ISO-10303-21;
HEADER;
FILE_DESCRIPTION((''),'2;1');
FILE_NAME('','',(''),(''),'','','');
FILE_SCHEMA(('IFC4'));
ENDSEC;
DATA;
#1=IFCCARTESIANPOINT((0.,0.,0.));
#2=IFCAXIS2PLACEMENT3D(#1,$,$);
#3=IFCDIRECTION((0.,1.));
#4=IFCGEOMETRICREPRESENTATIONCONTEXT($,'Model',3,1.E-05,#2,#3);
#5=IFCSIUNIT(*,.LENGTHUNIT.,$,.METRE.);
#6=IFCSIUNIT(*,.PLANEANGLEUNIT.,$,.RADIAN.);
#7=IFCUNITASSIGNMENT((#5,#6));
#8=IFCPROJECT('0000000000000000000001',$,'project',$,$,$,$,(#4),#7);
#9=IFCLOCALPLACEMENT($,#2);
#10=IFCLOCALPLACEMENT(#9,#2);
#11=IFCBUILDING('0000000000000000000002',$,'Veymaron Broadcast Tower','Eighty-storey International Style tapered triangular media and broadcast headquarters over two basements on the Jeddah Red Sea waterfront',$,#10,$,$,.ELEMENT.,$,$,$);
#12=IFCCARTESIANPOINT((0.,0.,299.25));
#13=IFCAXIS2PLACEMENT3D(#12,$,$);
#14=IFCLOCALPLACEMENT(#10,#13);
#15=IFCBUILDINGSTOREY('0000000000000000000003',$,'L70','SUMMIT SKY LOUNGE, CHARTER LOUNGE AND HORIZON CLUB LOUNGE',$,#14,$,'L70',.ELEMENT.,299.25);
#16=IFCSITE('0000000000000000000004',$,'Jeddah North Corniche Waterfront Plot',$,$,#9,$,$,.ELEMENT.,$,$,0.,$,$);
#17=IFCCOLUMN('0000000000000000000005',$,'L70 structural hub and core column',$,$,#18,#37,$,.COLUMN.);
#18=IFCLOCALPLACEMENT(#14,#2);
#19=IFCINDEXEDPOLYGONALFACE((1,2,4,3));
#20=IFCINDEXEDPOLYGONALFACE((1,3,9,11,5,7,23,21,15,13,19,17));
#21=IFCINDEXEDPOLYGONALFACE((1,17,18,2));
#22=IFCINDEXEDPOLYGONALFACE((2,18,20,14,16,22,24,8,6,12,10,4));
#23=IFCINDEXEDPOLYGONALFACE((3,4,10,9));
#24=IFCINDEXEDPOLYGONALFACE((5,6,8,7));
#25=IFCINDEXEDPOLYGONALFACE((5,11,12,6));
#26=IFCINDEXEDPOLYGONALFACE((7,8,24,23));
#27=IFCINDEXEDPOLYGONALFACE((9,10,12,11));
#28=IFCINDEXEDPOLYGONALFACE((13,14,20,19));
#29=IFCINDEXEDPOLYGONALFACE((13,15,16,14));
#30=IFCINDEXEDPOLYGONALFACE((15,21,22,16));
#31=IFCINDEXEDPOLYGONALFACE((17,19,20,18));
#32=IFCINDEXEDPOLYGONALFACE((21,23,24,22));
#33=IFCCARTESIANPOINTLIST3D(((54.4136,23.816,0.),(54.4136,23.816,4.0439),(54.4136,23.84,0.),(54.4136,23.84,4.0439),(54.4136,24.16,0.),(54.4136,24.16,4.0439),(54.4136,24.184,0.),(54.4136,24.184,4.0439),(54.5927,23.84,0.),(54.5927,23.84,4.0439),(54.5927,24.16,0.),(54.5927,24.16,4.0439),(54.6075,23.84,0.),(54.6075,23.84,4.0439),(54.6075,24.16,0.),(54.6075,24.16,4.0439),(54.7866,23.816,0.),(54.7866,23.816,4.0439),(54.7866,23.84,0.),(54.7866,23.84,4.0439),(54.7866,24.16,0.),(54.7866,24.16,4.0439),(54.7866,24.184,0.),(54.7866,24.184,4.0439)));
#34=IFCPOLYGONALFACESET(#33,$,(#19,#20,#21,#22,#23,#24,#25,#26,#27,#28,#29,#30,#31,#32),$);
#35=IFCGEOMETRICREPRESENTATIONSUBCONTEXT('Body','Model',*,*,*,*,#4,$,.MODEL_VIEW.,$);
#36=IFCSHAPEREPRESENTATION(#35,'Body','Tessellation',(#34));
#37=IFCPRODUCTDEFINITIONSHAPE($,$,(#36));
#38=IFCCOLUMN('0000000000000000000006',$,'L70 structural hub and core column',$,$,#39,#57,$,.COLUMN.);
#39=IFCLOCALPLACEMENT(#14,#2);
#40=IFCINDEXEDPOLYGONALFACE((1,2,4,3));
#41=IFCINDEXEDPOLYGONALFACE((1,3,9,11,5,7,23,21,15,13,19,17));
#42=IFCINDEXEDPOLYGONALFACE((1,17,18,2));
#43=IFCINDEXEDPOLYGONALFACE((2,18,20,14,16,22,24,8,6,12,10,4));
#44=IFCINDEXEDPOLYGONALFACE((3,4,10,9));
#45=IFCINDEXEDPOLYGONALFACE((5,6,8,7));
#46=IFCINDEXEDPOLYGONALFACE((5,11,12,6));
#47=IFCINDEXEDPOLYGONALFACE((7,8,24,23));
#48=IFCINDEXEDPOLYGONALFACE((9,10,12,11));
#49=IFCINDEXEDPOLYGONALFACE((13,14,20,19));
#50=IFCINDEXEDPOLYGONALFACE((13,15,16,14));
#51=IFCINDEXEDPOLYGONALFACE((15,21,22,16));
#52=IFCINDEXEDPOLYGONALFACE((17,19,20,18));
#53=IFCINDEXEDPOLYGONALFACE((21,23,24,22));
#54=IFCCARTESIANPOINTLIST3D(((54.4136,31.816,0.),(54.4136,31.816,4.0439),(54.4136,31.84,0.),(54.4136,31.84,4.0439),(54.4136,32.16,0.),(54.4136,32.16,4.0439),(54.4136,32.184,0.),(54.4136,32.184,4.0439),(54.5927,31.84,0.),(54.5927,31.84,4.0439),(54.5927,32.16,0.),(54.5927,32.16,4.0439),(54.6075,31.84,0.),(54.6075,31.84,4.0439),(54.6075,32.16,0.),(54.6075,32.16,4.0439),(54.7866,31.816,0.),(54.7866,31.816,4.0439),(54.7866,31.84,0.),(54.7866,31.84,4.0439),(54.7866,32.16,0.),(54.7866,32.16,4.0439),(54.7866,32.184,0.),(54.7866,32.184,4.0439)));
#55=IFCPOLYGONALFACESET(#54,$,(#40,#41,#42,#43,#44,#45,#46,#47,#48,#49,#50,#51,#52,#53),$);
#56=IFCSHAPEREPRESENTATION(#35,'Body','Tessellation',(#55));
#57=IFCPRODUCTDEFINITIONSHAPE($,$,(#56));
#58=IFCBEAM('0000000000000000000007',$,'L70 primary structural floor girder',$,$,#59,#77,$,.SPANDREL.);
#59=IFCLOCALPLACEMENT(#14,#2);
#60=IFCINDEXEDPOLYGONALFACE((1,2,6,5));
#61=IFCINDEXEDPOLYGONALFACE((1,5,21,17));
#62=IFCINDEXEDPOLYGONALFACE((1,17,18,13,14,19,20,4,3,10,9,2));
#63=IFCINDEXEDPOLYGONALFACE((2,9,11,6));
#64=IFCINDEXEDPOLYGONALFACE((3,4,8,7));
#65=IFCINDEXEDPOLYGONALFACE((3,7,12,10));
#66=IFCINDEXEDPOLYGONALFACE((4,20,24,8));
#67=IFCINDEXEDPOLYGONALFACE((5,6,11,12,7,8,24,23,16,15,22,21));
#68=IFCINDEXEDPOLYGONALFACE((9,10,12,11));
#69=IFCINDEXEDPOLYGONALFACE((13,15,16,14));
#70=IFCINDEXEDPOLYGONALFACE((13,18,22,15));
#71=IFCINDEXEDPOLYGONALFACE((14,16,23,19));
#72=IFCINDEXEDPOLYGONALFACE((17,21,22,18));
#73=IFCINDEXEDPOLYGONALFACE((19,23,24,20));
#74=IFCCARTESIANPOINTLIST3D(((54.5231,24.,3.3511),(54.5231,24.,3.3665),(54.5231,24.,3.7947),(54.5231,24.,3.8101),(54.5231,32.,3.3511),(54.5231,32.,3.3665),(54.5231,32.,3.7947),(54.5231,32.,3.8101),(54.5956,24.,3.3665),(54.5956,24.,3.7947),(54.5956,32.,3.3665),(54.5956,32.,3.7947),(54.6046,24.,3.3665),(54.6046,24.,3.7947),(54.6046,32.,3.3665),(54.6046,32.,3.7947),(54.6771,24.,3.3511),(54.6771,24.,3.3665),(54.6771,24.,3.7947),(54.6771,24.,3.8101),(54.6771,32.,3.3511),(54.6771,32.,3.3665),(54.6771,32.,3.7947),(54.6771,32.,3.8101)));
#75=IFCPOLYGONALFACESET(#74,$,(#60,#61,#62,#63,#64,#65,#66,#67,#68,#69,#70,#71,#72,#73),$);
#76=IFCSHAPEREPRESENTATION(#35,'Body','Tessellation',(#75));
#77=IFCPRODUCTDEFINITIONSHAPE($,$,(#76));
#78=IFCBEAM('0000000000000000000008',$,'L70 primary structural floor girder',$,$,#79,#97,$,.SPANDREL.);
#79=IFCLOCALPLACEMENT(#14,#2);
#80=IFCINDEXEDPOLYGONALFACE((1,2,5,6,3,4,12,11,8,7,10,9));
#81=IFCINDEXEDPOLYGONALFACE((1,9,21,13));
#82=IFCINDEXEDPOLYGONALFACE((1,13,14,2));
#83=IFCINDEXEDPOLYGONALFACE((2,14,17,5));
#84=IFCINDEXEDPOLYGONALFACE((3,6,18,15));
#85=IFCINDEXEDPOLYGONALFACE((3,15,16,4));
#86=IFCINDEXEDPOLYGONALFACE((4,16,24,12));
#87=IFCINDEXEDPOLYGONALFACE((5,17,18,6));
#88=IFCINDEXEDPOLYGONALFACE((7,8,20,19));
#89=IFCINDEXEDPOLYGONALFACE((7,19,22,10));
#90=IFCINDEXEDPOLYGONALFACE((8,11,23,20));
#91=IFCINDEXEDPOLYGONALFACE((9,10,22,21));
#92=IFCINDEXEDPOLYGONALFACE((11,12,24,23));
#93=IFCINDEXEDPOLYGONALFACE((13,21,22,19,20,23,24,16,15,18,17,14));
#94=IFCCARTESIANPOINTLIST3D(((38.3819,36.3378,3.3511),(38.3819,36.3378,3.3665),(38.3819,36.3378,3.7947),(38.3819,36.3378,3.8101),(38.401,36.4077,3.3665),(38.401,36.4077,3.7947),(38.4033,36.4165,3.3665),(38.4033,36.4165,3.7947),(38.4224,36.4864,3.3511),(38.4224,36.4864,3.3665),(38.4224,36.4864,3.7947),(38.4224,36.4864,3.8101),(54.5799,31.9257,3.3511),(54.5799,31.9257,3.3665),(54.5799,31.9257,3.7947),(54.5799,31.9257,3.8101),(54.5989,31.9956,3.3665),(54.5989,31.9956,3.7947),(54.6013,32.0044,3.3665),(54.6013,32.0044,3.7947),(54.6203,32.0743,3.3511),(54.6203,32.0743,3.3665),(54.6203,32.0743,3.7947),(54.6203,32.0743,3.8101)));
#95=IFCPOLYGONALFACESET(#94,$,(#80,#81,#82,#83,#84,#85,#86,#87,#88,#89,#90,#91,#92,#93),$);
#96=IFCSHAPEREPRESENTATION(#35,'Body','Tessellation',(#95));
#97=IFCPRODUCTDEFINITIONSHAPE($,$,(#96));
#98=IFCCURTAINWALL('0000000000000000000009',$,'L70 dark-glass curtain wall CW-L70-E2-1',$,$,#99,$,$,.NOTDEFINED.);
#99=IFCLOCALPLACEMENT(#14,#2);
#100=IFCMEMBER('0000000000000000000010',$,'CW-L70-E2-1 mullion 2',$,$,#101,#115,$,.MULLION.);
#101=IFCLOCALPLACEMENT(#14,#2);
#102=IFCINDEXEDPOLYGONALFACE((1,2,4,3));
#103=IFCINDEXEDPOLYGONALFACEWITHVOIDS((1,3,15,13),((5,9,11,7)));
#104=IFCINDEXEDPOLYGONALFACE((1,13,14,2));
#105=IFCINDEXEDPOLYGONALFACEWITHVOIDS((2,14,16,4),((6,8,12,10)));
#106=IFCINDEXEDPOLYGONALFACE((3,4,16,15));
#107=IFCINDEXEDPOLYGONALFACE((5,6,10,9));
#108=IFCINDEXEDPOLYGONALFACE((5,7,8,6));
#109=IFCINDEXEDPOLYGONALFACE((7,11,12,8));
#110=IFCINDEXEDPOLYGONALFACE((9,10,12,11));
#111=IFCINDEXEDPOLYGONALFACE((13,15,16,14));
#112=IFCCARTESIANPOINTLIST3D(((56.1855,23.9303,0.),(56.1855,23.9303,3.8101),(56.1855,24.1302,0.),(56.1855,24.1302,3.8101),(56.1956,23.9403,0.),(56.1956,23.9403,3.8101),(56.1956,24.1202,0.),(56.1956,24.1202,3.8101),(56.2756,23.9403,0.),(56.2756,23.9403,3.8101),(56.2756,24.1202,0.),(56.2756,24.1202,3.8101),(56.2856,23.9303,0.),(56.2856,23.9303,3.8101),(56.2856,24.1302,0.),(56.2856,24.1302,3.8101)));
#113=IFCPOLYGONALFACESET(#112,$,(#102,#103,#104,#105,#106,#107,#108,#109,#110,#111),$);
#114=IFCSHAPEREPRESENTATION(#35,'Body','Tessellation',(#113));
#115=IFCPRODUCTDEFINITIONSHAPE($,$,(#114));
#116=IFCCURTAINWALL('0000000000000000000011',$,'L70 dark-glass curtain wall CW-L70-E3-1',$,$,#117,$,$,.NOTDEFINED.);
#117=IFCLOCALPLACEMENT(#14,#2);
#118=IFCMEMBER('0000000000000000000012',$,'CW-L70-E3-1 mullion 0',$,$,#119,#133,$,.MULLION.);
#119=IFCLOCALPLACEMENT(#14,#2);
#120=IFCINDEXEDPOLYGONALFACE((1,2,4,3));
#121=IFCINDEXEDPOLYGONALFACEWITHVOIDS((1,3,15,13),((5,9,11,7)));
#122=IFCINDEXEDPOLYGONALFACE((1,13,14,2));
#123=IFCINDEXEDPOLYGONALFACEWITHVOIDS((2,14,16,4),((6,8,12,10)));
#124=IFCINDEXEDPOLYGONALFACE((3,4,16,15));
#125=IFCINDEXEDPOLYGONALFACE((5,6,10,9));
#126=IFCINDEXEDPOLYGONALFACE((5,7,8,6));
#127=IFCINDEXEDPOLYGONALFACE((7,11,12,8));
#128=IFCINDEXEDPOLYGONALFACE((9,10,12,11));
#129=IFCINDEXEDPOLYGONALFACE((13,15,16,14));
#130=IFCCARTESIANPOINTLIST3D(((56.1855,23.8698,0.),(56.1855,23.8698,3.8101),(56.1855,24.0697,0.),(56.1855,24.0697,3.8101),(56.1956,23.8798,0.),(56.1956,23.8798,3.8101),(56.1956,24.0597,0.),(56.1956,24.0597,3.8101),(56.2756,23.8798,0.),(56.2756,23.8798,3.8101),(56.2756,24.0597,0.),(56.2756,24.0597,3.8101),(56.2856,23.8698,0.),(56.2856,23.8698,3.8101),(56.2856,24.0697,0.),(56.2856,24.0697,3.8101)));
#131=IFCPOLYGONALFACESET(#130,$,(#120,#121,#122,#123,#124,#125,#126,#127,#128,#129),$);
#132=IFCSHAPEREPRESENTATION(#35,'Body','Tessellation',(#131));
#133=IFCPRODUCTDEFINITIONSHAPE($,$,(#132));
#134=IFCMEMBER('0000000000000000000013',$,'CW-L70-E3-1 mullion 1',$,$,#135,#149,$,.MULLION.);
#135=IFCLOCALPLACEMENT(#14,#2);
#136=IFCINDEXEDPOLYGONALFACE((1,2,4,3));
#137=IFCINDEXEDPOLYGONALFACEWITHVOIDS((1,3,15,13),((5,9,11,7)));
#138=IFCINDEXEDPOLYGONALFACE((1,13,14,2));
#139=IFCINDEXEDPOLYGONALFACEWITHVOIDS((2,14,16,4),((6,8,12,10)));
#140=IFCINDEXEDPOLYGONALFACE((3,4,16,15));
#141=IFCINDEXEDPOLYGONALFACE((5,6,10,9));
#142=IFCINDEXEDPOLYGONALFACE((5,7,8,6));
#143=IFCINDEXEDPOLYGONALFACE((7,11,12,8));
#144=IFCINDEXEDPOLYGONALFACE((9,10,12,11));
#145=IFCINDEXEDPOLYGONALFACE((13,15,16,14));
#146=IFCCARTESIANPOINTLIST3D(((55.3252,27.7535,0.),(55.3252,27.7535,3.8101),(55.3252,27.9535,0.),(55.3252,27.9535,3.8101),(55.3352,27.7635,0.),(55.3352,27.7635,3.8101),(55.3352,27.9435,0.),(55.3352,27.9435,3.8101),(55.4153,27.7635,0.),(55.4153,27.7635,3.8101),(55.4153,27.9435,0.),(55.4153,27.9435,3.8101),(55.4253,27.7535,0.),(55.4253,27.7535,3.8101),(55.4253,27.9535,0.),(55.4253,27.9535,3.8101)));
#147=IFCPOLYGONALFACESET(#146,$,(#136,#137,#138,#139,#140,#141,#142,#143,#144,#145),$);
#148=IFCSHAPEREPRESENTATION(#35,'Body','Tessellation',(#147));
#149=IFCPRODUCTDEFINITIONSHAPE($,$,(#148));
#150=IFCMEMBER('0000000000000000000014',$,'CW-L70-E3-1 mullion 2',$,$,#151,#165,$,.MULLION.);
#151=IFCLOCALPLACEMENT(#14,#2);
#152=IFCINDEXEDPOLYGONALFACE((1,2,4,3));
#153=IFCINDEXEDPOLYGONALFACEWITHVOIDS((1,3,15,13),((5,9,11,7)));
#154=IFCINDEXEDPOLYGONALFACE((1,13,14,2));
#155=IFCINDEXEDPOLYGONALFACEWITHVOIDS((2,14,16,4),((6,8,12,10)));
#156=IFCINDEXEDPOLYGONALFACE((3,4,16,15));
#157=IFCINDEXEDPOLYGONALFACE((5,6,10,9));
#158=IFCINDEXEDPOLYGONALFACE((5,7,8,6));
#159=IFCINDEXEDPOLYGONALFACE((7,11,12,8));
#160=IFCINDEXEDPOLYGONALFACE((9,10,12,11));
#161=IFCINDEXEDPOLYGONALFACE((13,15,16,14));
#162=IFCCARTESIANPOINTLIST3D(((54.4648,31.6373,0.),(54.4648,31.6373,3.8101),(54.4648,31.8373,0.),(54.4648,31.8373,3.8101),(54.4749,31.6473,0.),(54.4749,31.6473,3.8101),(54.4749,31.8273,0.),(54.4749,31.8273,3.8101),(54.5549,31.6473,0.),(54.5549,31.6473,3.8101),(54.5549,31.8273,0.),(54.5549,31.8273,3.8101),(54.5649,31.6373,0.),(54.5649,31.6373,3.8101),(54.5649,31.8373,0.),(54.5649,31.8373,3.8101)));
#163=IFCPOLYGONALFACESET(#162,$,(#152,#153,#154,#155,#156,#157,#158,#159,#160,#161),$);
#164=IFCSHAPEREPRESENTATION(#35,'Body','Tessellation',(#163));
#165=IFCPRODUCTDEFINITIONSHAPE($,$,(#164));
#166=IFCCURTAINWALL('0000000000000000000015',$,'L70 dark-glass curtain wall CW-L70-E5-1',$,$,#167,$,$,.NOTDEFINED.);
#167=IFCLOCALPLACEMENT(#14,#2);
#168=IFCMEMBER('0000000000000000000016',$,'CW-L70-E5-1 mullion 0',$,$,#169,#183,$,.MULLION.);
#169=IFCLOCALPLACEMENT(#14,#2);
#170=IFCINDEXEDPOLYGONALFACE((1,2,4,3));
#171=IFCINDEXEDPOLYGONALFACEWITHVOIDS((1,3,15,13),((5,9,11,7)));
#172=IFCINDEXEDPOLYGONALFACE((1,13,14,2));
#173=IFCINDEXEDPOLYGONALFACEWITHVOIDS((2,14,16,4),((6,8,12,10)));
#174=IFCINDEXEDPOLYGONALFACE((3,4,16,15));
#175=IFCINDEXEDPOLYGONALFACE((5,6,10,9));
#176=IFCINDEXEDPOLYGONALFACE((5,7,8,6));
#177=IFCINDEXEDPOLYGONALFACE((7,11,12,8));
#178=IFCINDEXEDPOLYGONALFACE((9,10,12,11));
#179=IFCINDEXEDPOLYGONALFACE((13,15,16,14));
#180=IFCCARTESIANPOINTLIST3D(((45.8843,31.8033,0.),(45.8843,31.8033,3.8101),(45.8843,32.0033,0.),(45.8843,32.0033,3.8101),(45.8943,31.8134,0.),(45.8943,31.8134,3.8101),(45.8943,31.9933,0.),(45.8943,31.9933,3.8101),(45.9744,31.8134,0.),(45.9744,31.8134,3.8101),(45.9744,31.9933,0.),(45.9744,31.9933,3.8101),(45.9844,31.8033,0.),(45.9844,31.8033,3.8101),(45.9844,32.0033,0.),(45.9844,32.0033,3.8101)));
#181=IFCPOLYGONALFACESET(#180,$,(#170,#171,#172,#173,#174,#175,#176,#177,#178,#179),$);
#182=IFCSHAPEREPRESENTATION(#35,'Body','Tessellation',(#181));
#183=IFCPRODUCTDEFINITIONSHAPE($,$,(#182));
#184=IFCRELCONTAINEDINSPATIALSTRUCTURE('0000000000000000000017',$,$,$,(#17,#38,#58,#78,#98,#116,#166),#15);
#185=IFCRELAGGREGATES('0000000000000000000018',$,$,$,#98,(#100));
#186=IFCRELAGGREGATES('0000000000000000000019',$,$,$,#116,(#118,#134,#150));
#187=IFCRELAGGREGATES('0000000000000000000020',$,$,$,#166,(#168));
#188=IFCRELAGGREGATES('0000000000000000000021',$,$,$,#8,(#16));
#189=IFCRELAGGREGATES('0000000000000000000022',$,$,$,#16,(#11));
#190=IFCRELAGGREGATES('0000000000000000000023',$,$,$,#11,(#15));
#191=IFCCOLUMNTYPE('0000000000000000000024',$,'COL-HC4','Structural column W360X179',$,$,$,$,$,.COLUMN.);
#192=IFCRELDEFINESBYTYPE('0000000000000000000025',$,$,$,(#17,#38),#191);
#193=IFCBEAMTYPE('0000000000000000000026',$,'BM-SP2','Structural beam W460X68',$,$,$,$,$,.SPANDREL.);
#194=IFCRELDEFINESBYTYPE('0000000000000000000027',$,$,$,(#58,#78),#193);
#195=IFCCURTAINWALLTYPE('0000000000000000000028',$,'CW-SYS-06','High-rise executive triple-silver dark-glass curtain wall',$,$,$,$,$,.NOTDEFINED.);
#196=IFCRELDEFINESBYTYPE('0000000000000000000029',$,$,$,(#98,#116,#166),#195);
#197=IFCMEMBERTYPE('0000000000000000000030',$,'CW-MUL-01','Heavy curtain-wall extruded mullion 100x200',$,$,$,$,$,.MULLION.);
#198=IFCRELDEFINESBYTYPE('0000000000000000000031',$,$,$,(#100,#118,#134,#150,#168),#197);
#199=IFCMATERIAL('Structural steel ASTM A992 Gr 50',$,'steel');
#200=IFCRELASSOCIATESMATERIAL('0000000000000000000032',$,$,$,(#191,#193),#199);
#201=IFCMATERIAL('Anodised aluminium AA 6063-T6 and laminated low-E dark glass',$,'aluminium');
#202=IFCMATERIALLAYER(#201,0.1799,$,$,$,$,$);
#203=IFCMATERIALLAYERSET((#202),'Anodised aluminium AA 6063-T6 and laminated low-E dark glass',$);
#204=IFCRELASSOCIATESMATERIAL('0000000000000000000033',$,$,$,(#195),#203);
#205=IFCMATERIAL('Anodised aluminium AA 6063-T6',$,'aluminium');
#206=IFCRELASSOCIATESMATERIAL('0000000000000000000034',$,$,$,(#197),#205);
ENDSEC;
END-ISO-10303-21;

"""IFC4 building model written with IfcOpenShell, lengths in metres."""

from ifc_helpers import new_model, si_unit, direction, frame, origin, origin_2d, place, context, subcontext, project, spatial, hollow_rectangle, i_section, extrude, material, layer, layer_set, material_profile, profile_set, type_object, element, aggregate, save


model = new_model("IFC4")

# Units and contexts
model_context = context("Model", 3, precision=1e-05, world=origin(), true_north=direction((0.0, 1.0)))
body_context = subcontext(model_context, "Body", "Model", "MODEL_VIEW")
ifc_project = project(units=[si_unit("LENGTHUNIT", "METRE"), si_unit("PLANEANGLEUNIT", "RADIAN")], contexts=[model_context])

# Site, building, storey
site_placement = place(None, origin())
site = spatial("IfcSite", under=ifc_project, at=site_placement, Name="Jeddah North Corniche Waterfront Plot", CompositionType="ELEMENT", RefElevation=0.0)
building_placement = place(site_placement, origin())
building = spatial("IfcBuilding", under=site, at=building_placement, Name="Veymaron Broadcast Tower", Description="Eighty-storey International Style tapered triangular media and broadcast headquarters over two basements on the Jeddah Red Sea waterfront", CompositionType="ELEMENT")
storey_placement = place(building_placement, frame((0.0, 0.0, 299.25)))
storey = spatial("IfcBuildingStorey", under=building, at=storey_placement, Name="L70", Description="SUMMIT SKY LOUNGE, CHARTER LOUNGE AND HORIZON CLUB LOUNGE", LongName="L70", CompositionType="ELEMENT", Elevation=299.25)

# Columns
ifc_material_1 = material(Name="Structural steel ASTM A992 Gr 50", Category="steel")
ifc_material_profile_1 = material_profile(ifc_material_1, i_section(OverallWidth=0.373, OverallDepth=0.3679, WebThickness=0.0149, FlangeThickness=0.0239, at=origin_2d()), Name="W360X179")
ifc_profile_set_1 = profile_set([ifc_material_profile_1], Name="Structural steel ASTM A992 Gr 50")
column_type = type_object("IfcColumnType", Name="COL-HC4", Description="Structural column W360X179", PredefinedType="COLUMN", material=ifc_profile_set_1)
for number, where, z_axis, x_axis, name in (
    (1, (54.6001, 24.0, 0.0), (0.0, 0.0, 1.0), (1.0, 0.0, 0.0), "L70 structural hub and core column"),
    (2, (54.6001, 32.0, 0.0), (0.0, 0.0, 1.0), (1.0, 0.0, 0.0), "L70 structural hub and core column"),
):
    element("IfcColumn", number, at=place(storey_placement, frame(where, z_axis=z_axis, x_axis=x_axis)), inside=storey, type_object=column_type, Name=name, PredefinedType="COLUMN", context=body_context, shape_type="SweptSolid", body=[
        extrude(i_section(OverallWidth=0.373, OverallDepth=0.3679, WebThickness=0.0149, FlangeThickness=0.0239, at=origin_2d()), origin(), (0.0, 0.0, 1.0), 4.0439),
    ])

# Beams
ifc_material_profile_2 = material_profile(ifc_material_1, i_section(OverallWidth=0.1541, OverallDepth=0.459, WebThickness=0.009, FlangeThickness=0.0154, at=origin_2d()), Name="W460X68")
ifc_profile_set_2 = profile_set([ifc_material_profile_2], Name="Structural steel ASTM A992 Gr 50")
beam_type = type_object("IfcBeamType", Name="BM-SP2", Description="Structural beam W460X68", PredefinedType="SPANDREL", material=ifc_profile_set_2)
beam_1_placement = place(storey_placement, frame((54.6001, 24.0, 3.5806), z_axis=(0.0, 1.0, 0.0), x_axis=(-1.0, 0.0, 0.0)))
element("IfcBeam", 3, at=beam_1_placement, inside=storey, type_object=beam_type, Name="L70 primary structural floor girder", PredefinedType="SPANDREL", context=body_context, shape_type="SweptSolid", body=[
    extrude(i_section(OverallWidth=0.1541, OverallDepth=0.459, WebThickness=0.009, FlangeThickness=0.0154, at=origin_2d()), origin(), (0.0, 0.0, 1.0), 8.0),
])
beam_2_placement = place(storey_placement, frame((54.6001, 32.0, 3.5806), z_axis=(-0.964847, 0.262811, 0.0), x_axis=(-0.262811, -0.964847, 0.0)))
element("IfcBeam", 4, at=beam_2_placement, inside=storey, type_object=beam_type, Name="L70 primary structural floor girder", PredefinedType="SPANDREL", context=body_context, shape_type="SweptSolid", body=[
    extrude(i_section(OverallWidth=0.1541, OverallDepth=0.459, WebThickness=0.009, FlangeThickness=0.0154, at=origin_2d()), origin(), (0.0, 0.0, 1.0), 16.7881),
])

# Curtain wall, member
ifc_material_2 = material(Name="Anodised aluminium AA 6063-T6 and laminated low-E dark glass", Category="aluminium")
ifc_layer_1 = layer(ifc_material_2, 0.1799)
ifc_layer_set_1 = layer_set([ifc_layer_1], Name="Anodised aluminium AA 6063-T6 and laminated low-E dark glass")
curtain_wall_type = type_object("IfcCurtainWallType", Name="CW-SYS-06", Description="High-rise executive triple-silver dark-glass curtain wall", PredefinedType="NOTDEFINED", material=ifc_layer_set_1)
curtain_wall_1_placement = place(storey_placement, origin())
curtain_wall_1 = element("IfcCurtainWall", 5, at=curtain_wall_1_placement, inside=storey, type_object=curtain_wall_type, Name="L70 dark-glass curtain wall CW-L70-E2-1", PredefinedType="NOTDEFINED")
ifc_material_3 = material(Name="Anodised aluminium AA 6063-T6", Category="aluminium")
ifc_material_profile_3 = material_profile(ifc_material_3, hollow_rectangle(XDim=0.1001, YDim=0.2, WallThickness=0.01, at=origin_2d()), Name="RHS200X100X10")
ifc_profile_set_3 = profile_set([ifc_material_profile_3], Name="Anodised aluminium AA 6063-T6")
member_type_1 = type_object("IfcMemberType", Name="CW-MUL-01", Description="Heavy curtain-wall extruded mullion 100x200", PredefinedType="MULLION", material=ifc_profile_set_3)
member_1_placement = place(storey_placement, frame((56.2356, 24.0303, 0.0), z_axis=(0.0, 0.0, 1.0), x_axis=(1.0, 0.0, 0.0)))
member_1 = element("IfcMember", 6, at=member_1_placement, type_object=member_type_1, Name="CW-L70-E2-1 mullion 2", PredefinedType="MULLION", context=body_context, shape_type="SweptSolid", body=[
    extrude(hollow_rectangle(XDim=0.1001, YDim=0.2, WallThickness=0.01, at=origin_2d()), origin(), (0.0, 0.0, 1.0), 3.8101),
])
aggregate(curtain_wall_1, [member_1])

# Curtain wall, members
curtain_wall_2_placement = place(storey_placement, origin())
curtain_wall_2 = element("IfcCurtainWall", 7, at=curtain_wall_2_placement, inside=storey, type_object=curtain_wall_type, Name="L70 dark-glass curtain wall CW-L70-E3-1", PredefinedType="NOTDEFINED")
member_2_placement = place(storey_placement, frame((56.2356, 23.9697, 0.0), z_axis=(0.0, 0.0, 1.0), x_axis=(1.0, 0.0, 0.0)))
member_2 = element("IfcMember", 8, at=member_2_placement, type_object=member_type_1, Name="CW-L70-E3-1 mullion 0", PredefinedType="MULLION", context=body_context, shape_type="SweptSolid", body=[
    extrude(hollow_rectangle(XDim=0.1001, YDim=0.2, WallThickness=0.01, at=origin_2d()), origin(), (0.0, 0.0, 1.0), 3.8101),
])
member_3_placement = place(storey_placement, frame((55.3752, 27.8535, 0.0), z_axis=(0.0, 0.0, 1.0), x_axis=(1.0, 0.0, 0.0)))
member_3 = element("IfcMember", 9, at=member_3_placement, type_object=member_type_1, Name="CW-L70-E3-1 mullion 1", PredefinedType="MULLION", context=body_context, shape_type="SweptSolid", body=[
    extrude(hollow_rectangle(XDim=0.1001, YDim=0.2, WallThickness=0.01, at=origin_2d()), origin(), (0.0, 0.0, 1.0), 3.8101),
])
member_4_placement = place(storey_placement, frame((54.5149, 31.7373, 0.0), z_axis=(0.0, 0.0, 1.0), x_axis=(1.0, 0.0, 0.0)))
member_4 = element("IfcMember", 10, at=member_4_placement, type_object=member_type_1, Name="CW-L70-E3-1 mullion 2", PredefinedType="MULLION", context=body_context, shape_type="SweptSolid", body=[
    extrude(hollow_rectangle(XDim=0.1001, YDim=0.2, WallThickness=0.01, at=origin_2d()), origin(), (0.0, 0.0, 1.0), 3.8101),
])

# Curtain wall, member
curtain_wall_3_placement = place(storey_placement, origin())
curtain_wall_3 = element("IfcCurtainWall", 11, at=curtain_wall_3_placement, inside=storey, type_object=curtain_wall_type, Name="L70 dark-glass curtain wall CW-L70-E5-1", PredefinedType="NOTDEFINED")
member_5_placement = place(storey_placement, frame((45.9343, 31.9033, 0.0), z_axis=(0.0, 0.0, 1.0), x_axis=(1.0, 0.0, 0.0)))
member_5 = element("IfcMember", 12, at=member_5_placement, type_object=member_type_1, Name="CW-L70-E5-1 mullion 0", PredefinedType="MULLION", context=body_context, shape_type="SweptSolid", body=[
    extrude(hollow_rectangle(XDim=0.1001, YDim=0.2, WallThickness=0.01, at=origin_2d()), origin(), (0.0, 0.0, 1.0), 3.8101),
])

aggregate(curtain_wall_2, [member_2, member_3, member_4])
aggregate(curtain_wall_3, [member_5])

save(model, "model.ifc")
